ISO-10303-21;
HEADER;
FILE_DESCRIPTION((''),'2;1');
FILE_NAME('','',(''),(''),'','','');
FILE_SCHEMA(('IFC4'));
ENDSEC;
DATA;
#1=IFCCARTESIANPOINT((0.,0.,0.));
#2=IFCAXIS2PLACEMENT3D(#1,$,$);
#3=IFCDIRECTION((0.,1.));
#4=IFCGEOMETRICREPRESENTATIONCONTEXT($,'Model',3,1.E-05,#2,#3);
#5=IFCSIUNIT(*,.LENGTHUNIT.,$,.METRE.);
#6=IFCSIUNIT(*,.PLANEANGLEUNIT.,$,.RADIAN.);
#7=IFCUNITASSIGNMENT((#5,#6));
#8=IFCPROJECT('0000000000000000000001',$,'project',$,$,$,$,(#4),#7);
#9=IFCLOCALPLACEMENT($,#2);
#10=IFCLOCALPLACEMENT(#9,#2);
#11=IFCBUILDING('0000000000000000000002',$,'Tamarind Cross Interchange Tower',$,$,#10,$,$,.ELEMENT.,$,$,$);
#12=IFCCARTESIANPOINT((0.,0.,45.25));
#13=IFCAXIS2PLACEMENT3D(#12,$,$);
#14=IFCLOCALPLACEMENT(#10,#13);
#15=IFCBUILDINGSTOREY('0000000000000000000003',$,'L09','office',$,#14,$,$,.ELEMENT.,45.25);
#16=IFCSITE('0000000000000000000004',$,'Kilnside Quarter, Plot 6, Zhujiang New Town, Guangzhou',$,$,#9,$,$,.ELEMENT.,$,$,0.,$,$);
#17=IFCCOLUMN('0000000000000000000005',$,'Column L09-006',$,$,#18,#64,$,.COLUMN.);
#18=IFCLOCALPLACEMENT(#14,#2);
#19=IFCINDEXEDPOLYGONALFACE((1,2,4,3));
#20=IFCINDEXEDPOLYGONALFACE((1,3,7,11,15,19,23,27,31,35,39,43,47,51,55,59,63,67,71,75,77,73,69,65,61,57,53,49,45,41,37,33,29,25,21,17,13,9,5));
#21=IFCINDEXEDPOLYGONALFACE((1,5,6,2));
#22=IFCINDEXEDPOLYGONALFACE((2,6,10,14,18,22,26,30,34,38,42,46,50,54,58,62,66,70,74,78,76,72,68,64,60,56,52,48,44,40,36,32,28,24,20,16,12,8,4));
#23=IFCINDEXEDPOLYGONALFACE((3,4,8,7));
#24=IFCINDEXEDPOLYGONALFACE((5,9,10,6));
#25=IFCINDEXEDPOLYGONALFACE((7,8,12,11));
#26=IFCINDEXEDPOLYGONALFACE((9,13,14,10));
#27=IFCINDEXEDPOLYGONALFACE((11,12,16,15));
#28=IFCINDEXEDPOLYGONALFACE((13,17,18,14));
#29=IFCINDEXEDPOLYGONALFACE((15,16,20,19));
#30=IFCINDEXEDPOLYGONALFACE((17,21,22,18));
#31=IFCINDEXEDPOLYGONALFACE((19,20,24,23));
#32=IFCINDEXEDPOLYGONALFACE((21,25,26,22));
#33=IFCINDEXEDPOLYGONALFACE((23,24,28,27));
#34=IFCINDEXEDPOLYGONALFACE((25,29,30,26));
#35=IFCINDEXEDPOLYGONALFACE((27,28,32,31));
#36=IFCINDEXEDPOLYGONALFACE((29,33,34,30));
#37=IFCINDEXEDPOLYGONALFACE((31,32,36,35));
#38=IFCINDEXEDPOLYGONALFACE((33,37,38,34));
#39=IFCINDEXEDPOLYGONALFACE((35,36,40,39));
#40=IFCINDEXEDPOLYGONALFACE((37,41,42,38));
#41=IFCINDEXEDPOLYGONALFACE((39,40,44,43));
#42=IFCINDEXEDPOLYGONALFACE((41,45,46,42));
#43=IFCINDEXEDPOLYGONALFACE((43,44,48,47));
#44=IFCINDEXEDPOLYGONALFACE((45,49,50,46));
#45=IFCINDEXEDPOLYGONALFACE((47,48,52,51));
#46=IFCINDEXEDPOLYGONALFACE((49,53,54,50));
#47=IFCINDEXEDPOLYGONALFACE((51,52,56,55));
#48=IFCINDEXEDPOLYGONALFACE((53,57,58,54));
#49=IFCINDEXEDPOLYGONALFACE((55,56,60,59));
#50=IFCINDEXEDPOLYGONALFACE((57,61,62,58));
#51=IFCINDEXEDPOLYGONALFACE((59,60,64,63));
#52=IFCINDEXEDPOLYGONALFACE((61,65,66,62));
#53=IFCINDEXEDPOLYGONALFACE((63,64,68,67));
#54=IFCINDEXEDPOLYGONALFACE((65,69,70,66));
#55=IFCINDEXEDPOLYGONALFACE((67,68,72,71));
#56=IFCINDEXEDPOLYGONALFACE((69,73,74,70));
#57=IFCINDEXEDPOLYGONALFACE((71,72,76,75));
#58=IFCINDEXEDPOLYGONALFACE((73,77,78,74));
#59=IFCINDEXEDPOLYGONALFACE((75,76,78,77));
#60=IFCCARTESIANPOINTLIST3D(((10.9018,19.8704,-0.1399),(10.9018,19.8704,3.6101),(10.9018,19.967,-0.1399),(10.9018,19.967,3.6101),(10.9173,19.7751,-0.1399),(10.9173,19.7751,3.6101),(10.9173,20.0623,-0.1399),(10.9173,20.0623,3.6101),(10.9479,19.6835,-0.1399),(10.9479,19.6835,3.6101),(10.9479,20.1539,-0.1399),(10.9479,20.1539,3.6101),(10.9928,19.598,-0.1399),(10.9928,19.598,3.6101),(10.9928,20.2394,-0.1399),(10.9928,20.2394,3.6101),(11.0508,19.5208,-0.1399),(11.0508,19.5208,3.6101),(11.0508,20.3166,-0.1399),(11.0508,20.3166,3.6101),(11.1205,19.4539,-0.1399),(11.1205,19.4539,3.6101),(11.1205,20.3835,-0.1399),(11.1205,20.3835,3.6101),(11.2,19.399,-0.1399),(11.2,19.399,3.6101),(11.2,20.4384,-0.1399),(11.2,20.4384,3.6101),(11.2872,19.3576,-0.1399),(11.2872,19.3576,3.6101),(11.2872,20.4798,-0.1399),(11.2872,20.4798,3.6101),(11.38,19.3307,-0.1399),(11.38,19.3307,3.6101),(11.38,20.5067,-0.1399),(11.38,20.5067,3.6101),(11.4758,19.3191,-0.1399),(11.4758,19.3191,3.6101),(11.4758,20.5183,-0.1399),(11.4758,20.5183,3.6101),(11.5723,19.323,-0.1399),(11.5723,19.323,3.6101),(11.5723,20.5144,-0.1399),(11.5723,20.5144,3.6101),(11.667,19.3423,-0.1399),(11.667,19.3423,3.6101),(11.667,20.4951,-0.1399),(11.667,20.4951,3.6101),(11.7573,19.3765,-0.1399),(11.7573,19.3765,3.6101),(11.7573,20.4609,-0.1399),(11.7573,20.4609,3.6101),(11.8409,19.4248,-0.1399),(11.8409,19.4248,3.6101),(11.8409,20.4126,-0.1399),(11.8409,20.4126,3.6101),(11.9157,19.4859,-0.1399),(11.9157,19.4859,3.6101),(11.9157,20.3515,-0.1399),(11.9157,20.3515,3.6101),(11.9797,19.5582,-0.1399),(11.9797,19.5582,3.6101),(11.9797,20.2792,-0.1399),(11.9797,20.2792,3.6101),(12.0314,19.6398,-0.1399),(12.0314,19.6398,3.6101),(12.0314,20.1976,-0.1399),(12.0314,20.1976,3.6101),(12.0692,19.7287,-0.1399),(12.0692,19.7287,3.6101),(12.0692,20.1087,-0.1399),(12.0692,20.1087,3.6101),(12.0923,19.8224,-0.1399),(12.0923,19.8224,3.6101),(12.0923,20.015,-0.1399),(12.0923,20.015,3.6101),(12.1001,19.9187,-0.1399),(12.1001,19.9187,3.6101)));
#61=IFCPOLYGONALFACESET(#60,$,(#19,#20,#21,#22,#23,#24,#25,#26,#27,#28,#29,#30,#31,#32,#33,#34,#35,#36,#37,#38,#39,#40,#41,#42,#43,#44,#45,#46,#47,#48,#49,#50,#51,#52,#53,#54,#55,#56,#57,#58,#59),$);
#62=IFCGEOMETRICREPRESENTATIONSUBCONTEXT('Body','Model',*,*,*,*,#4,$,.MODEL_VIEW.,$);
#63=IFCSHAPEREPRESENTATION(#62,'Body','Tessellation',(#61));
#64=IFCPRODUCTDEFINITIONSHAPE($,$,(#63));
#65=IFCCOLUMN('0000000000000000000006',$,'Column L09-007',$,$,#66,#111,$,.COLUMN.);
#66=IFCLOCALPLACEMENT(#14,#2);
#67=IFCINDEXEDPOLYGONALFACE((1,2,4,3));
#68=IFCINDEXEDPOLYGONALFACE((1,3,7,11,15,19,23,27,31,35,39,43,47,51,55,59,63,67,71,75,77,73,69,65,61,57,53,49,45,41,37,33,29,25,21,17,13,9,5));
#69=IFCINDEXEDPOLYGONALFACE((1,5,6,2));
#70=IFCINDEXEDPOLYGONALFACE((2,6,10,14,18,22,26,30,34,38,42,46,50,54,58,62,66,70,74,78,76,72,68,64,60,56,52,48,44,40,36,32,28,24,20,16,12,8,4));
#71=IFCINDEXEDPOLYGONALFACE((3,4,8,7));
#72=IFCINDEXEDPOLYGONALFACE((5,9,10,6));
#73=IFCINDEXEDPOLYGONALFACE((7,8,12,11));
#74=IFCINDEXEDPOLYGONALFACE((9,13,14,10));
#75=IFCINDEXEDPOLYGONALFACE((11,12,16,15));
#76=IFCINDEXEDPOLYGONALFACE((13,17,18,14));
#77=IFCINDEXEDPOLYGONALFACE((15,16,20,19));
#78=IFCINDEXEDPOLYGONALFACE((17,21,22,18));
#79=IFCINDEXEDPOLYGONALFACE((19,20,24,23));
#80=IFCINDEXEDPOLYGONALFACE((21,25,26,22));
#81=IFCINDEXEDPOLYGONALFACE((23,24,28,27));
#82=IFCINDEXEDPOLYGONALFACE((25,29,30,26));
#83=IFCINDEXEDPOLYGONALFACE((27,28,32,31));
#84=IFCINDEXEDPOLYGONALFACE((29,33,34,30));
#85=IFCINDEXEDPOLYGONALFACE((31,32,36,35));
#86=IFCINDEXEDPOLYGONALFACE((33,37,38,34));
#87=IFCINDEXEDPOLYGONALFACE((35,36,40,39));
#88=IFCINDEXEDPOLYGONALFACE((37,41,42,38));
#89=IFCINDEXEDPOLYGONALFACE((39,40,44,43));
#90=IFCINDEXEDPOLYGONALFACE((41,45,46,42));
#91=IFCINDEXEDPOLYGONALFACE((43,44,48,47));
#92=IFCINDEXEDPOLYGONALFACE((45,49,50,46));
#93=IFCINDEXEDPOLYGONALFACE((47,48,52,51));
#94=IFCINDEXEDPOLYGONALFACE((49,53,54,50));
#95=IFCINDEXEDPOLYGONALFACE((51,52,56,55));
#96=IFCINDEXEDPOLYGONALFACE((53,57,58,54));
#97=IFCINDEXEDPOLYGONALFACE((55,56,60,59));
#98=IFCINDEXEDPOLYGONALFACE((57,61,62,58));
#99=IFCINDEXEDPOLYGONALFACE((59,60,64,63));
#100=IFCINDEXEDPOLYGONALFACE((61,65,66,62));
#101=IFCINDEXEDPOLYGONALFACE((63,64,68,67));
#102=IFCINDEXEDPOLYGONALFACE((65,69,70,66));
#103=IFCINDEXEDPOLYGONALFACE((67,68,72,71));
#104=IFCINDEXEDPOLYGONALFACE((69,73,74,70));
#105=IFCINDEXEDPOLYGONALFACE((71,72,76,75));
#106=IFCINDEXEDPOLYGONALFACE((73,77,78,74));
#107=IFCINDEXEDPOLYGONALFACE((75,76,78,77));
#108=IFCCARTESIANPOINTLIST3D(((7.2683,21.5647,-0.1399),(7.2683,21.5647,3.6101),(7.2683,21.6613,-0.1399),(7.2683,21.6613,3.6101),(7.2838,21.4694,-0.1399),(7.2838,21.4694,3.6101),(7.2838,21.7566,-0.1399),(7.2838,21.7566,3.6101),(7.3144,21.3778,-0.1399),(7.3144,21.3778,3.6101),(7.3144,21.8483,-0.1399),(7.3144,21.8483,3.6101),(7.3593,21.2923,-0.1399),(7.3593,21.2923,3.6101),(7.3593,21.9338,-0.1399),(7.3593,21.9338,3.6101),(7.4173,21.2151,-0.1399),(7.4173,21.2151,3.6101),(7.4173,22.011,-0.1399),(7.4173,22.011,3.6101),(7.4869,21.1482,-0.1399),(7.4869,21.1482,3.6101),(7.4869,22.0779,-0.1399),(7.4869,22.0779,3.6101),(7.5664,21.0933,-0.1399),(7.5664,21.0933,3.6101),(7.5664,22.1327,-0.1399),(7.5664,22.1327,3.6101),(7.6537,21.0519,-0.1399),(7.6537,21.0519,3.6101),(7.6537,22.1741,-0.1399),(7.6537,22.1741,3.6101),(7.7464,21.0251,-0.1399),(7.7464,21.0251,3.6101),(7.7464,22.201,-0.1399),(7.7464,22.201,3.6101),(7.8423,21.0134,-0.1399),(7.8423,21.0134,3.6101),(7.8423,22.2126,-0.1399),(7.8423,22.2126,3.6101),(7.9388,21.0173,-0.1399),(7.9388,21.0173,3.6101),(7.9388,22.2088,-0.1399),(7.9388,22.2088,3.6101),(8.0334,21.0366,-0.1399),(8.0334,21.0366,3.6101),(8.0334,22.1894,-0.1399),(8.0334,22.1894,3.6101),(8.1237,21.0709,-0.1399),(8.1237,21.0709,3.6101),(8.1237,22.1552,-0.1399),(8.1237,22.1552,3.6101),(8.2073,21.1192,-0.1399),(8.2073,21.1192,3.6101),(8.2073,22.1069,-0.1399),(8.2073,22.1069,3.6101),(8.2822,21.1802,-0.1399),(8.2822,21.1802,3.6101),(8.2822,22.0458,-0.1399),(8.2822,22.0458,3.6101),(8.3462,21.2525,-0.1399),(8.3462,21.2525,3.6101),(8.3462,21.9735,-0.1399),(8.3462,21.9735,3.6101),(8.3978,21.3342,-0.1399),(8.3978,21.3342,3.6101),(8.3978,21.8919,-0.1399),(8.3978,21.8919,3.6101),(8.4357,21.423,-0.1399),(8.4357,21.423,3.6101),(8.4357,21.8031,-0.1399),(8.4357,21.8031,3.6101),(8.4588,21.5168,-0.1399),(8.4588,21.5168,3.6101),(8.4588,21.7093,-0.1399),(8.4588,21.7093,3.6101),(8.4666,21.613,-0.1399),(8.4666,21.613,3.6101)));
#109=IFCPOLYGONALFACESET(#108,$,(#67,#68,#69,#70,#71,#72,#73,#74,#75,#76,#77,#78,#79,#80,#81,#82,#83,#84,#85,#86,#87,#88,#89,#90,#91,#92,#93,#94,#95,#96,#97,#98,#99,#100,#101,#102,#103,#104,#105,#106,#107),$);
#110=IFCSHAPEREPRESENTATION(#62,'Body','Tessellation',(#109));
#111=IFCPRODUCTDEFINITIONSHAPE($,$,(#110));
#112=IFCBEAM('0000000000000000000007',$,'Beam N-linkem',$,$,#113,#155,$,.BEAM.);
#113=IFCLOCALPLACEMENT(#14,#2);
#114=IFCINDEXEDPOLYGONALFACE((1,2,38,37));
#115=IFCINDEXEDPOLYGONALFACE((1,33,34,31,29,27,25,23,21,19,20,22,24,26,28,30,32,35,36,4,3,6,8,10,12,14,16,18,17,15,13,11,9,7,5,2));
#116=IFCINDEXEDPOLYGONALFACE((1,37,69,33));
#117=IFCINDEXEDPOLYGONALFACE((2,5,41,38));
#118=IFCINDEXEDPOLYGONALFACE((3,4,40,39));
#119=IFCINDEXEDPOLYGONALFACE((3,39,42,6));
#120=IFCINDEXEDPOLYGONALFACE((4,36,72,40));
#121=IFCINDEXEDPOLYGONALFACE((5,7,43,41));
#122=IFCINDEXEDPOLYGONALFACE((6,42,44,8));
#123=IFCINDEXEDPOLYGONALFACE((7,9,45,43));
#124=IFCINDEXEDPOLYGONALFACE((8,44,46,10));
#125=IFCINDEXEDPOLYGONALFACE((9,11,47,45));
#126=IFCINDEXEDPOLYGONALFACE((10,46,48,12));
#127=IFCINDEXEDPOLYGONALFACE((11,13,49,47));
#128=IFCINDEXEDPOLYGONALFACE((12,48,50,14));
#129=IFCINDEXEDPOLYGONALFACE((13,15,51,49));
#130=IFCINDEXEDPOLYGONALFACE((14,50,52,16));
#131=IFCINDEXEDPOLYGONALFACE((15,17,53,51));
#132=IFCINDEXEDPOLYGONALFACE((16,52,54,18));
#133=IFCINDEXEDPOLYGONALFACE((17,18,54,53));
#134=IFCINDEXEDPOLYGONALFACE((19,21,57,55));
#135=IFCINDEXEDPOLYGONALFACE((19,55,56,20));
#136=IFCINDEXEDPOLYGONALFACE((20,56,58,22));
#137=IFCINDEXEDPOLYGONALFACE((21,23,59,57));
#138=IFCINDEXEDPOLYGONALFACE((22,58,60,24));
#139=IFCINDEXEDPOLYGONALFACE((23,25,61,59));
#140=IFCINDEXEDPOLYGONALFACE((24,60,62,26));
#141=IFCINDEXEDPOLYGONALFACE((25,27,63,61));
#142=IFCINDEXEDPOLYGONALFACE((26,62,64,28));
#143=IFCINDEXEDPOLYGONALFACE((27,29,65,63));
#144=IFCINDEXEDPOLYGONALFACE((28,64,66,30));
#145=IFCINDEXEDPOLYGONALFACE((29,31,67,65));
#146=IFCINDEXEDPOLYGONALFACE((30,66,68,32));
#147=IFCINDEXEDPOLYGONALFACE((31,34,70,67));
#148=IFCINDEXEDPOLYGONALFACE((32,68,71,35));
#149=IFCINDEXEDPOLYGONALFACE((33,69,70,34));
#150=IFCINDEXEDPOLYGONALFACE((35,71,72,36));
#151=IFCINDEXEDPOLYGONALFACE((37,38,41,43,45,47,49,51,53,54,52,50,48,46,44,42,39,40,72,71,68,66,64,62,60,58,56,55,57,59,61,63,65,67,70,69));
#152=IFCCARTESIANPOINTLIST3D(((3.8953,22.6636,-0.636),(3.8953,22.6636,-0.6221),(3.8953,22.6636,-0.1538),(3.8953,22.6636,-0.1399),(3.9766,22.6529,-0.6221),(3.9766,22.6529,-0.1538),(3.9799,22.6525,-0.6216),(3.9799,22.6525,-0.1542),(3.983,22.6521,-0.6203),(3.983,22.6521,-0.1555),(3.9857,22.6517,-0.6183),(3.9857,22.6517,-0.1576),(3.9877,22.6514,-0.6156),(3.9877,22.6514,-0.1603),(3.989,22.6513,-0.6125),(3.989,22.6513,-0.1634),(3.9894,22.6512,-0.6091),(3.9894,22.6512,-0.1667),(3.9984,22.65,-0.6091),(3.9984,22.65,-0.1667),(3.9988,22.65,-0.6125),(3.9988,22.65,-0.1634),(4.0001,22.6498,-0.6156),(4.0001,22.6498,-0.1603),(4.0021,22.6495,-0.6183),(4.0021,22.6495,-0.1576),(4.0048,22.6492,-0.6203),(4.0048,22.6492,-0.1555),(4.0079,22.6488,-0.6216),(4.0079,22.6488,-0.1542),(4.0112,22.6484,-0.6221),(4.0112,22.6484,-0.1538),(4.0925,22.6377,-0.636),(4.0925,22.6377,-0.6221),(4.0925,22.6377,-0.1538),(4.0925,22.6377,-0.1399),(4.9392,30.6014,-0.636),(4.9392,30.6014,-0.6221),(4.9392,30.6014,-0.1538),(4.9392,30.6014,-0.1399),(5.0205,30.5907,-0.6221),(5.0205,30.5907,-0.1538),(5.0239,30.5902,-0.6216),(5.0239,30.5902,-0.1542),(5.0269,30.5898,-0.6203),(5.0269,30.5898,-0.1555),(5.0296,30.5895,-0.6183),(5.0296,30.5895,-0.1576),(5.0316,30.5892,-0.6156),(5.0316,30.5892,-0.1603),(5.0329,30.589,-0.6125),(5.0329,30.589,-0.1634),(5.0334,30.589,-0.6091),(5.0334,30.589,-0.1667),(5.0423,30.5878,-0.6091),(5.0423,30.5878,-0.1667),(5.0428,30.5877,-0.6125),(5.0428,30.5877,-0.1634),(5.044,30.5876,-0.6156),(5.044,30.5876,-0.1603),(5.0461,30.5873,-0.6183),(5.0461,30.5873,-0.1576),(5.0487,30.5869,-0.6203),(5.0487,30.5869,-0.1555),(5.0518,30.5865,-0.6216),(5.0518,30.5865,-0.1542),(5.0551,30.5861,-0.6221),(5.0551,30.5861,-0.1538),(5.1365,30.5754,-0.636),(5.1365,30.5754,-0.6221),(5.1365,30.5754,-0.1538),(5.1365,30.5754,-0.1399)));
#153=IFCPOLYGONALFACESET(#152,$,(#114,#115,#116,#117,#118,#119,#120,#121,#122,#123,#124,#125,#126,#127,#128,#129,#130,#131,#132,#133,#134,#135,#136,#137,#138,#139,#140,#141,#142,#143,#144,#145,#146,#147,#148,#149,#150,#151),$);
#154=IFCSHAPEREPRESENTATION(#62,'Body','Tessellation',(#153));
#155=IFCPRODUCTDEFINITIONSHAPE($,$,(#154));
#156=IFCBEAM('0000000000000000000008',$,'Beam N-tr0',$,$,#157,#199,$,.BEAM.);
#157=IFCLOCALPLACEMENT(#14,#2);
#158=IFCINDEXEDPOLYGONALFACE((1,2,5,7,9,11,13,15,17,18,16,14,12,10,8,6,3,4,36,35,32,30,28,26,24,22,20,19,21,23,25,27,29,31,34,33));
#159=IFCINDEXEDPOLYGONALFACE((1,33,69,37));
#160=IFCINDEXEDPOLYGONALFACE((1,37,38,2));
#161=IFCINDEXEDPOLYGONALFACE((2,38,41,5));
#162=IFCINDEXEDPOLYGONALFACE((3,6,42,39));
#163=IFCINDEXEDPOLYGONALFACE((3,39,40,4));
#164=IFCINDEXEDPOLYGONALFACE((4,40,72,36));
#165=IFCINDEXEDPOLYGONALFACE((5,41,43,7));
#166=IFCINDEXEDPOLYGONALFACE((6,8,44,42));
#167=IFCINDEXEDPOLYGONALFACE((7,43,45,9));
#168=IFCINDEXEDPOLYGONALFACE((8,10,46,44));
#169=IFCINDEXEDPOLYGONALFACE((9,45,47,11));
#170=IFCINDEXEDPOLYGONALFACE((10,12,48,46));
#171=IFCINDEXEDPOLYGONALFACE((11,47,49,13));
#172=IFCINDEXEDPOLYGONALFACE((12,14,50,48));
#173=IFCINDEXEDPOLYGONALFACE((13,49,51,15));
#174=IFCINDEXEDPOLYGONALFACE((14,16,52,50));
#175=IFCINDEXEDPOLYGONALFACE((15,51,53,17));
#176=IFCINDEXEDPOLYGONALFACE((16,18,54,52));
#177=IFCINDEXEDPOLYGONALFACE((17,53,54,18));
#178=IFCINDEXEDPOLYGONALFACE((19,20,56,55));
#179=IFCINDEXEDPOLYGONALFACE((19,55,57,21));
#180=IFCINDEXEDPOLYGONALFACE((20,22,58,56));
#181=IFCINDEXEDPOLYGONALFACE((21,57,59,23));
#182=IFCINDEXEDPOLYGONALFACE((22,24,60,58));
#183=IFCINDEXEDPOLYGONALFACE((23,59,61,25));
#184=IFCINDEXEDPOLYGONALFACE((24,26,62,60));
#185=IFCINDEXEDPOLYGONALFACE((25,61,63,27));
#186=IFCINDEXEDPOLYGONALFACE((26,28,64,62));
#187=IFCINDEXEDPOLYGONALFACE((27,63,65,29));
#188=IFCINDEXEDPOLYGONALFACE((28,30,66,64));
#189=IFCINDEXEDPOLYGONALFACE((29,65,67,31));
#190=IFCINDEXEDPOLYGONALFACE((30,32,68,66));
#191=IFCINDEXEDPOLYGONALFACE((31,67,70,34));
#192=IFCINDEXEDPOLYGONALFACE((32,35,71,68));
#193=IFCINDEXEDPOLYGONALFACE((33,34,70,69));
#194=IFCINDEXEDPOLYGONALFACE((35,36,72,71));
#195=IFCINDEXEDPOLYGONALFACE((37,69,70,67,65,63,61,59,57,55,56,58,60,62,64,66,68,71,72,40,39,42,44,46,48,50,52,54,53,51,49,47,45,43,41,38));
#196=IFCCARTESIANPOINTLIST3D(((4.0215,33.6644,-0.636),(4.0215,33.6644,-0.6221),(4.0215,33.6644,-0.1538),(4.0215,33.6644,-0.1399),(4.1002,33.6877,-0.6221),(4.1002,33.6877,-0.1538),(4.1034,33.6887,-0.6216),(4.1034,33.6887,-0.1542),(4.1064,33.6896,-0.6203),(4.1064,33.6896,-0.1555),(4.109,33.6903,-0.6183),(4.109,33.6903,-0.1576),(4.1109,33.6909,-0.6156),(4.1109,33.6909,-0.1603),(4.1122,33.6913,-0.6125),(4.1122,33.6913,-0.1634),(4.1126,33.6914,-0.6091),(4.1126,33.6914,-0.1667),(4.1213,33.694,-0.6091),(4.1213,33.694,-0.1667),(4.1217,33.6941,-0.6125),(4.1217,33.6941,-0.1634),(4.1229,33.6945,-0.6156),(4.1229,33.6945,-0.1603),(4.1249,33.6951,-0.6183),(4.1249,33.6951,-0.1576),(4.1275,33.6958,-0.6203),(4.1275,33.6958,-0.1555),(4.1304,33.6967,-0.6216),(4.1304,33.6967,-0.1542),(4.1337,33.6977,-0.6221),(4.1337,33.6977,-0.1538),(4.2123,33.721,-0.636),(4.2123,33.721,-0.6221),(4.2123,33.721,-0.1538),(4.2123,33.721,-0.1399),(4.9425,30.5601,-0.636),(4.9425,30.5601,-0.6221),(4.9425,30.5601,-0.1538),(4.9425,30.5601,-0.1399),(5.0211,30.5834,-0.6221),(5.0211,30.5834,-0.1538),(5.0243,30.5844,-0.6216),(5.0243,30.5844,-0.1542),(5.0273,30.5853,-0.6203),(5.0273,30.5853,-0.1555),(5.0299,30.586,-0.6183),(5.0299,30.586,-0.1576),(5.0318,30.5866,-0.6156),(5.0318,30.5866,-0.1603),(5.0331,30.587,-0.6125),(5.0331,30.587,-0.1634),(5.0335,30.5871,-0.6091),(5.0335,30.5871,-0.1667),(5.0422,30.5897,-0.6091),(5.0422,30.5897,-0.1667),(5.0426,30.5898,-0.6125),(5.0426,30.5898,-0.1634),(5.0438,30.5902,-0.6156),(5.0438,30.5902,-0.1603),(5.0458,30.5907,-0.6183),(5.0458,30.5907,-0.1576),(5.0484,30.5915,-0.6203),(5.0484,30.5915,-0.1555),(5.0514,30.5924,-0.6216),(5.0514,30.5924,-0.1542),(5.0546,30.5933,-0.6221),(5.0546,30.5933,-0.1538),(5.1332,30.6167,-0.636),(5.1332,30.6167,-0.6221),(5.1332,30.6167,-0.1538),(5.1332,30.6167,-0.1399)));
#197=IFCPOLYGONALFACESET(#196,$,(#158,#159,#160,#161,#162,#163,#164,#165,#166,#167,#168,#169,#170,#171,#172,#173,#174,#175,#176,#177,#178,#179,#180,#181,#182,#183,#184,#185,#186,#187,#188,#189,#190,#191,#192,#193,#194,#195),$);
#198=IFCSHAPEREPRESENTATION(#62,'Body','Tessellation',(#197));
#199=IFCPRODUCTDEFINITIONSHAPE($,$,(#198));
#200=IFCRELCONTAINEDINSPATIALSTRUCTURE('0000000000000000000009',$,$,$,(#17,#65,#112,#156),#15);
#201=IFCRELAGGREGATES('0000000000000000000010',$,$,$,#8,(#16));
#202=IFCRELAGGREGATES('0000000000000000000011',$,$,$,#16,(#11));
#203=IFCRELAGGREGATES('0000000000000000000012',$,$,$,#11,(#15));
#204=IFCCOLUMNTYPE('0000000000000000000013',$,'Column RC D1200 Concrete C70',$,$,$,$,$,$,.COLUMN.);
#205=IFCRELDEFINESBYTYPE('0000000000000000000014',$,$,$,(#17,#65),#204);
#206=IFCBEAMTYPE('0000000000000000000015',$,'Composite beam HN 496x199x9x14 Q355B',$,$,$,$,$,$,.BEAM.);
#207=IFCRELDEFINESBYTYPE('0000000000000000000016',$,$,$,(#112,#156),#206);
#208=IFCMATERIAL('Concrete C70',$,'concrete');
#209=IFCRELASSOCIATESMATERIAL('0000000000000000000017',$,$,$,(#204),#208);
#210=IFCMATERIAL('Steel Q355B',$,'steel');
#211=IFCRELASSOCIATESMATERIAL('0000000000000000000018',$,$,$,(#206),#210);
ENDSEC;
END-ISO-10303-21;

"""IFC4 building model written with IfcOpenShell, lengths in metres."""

from ifc_helpers import new_model, si_unit, direction, frame, origin, origin_2d, place, context, subcontext, project, spatial, circle, i_section, extrude, material, material_profile, profile_set, type_object, element, save


model = new_model("IFC4")

# Units and contexts
model_context = context("Model", 3, precision=1e-05, world=origin(), true_north=direction((0.0, 1.0)))
body_context = subcontext(model_context, "Body", "Model", "MODEL_VIEW")
ifc_project = project(units=[si_unit("LENGTHUNIT", "METRE"), si_unit("PLANEANGLEUNIT", "RADIAN")], contexts=[model_context])

# Site, building, storey
site_placement = place(None, origin())
site = spatial("IfcSite", under=ifc_project, at=site_placement, Name="Kilnside Quarter, Plot 6, Zhujiang New Town, Guangzhou", CompositionType="ELEMENT", RefElevation=0.0)
building_placement = place(site_placement, origin())
building = spatial("IfcBuilding", under=site, at=building_placement, Name="Tamarind Cross Interchange Tower", CompositionType="ELEMENT")
storey_placement = place(building_placement, frame((0.0, 0.0, 45.25)))
storey = spatial("IfcBuildingStorey", under=building, at=storey_placement, Name="L09", Description="office", CompositionType="ELEMENT", Elevation=45.25)

# Columns
ifc_material_1 = material(Name="Concrete C70", Category="concrete")
ifc_material_profile_1 = material_profile(ifc_material_1, circle(Radius=0.6001, at=origin_2d()), Name="RC D1200")
ifc_profile_set_1 = profile_set([ifc_material_profile_1], Name="Concrete C70")
column_type_1 = type_object("IfcColumnType", Name="Column RC D1200 Concrete C70", PredefinedType="COLUMN", material=ifc_profile_set_1)
for number, where, z_axis, x_axis, name in (
    (1, (11.5, 19.9187, -0.1399), (0.0, 0.0, 1.0), (1.0, 0.0, 0.0), "Column L09-006"),
    (2, (7.8665, 21.613, -0.1399), (0.0, 0.0, 1.0), (1.0, 0.0, 0.0), "Column L09-007"),
):
    element("IfcColumn", number, at=place(storey_placement, frame(where, z_axis=z_axis, x_axis=x_axis)), inside=storey, type_object=column_type_1, Name=name, PredefinedType="COLUMN", context=body_context, shape_type="SweptSolid", body=[
        extrude(circle(Radius=0.6001, at=origin_2d()), origin(), (0.0, 0.0, 1.0), 3.75),
    ])

# Beams
ifc_material_2 = material(Name="Steel Q355B", Category="steel")
ifc_material_profile_2 = material_profile(ifc_material_2, i_section(OverallWidth=0.199, OverallDepth=0.4961, WebThickness=0.009, FlangeThickness=0.0139, FilletRadius=0.0129, at=origin_2d()), Name="HN 496x199x9x14")
ifc_profile_set_2 = profile_set([ifc_material_profile_2], Name="Steel Q355B")
beam_type_1 = type_object("IfcBeamType", Name="Composite beam HN 496x199x9x14 Q355B", PredefinedType="BEAM", material=ifc_profile_set_2)
beam_1_placement = place(storey_placement, frame((5.0378, 30.5884, -0.3879), z_axis=(-0.130394, -0.991462, 0.0), x_axis=(0.991462, -0.130394, 0.0)))
element("IfcBeam", 3, at=beam_1_placement, inside=storey, type_object=beam_type_1, Name="Beam N-linkem", PredefinedType="BEAM", context=body_context, shape_type="SweptSolid", body=[
    extrude(i_section(OverallWidth=0.199, OverallDepth=0.4961, WebThickness=0.009, FlangeThickness=0.0139, FilletRadius=0.0129, at=origin_2d()), origin(), (0.0, 0.0, 1.0), 8.0061),
])
beam_2_placement = place(storey_placement, frame((5.0378, 30.5884, -0.3879), z_axis=(-0.284407, 0.958704, 0.0), x_axis=(-0.958704, -0.284407, 0.0)))
element("IfcBeam", 4, at=beam_2_placement, inside=storey, type_object=beam_type_1, Name="Beam N-tr0", PredefinedType="BEAM", context=body_context, shape_type="SweptSolid", body=[
    extrude(i_section(OverallWidth=0.199, OverallDepth=0.4961, WebThickness=0.009, FlangeThickness=0.0139, FilletRadius=0.0129, at=origin_2d()), origin(), (0.0, 0.0, 1.0), 3.238),
])

save(model, "model.ifc")
